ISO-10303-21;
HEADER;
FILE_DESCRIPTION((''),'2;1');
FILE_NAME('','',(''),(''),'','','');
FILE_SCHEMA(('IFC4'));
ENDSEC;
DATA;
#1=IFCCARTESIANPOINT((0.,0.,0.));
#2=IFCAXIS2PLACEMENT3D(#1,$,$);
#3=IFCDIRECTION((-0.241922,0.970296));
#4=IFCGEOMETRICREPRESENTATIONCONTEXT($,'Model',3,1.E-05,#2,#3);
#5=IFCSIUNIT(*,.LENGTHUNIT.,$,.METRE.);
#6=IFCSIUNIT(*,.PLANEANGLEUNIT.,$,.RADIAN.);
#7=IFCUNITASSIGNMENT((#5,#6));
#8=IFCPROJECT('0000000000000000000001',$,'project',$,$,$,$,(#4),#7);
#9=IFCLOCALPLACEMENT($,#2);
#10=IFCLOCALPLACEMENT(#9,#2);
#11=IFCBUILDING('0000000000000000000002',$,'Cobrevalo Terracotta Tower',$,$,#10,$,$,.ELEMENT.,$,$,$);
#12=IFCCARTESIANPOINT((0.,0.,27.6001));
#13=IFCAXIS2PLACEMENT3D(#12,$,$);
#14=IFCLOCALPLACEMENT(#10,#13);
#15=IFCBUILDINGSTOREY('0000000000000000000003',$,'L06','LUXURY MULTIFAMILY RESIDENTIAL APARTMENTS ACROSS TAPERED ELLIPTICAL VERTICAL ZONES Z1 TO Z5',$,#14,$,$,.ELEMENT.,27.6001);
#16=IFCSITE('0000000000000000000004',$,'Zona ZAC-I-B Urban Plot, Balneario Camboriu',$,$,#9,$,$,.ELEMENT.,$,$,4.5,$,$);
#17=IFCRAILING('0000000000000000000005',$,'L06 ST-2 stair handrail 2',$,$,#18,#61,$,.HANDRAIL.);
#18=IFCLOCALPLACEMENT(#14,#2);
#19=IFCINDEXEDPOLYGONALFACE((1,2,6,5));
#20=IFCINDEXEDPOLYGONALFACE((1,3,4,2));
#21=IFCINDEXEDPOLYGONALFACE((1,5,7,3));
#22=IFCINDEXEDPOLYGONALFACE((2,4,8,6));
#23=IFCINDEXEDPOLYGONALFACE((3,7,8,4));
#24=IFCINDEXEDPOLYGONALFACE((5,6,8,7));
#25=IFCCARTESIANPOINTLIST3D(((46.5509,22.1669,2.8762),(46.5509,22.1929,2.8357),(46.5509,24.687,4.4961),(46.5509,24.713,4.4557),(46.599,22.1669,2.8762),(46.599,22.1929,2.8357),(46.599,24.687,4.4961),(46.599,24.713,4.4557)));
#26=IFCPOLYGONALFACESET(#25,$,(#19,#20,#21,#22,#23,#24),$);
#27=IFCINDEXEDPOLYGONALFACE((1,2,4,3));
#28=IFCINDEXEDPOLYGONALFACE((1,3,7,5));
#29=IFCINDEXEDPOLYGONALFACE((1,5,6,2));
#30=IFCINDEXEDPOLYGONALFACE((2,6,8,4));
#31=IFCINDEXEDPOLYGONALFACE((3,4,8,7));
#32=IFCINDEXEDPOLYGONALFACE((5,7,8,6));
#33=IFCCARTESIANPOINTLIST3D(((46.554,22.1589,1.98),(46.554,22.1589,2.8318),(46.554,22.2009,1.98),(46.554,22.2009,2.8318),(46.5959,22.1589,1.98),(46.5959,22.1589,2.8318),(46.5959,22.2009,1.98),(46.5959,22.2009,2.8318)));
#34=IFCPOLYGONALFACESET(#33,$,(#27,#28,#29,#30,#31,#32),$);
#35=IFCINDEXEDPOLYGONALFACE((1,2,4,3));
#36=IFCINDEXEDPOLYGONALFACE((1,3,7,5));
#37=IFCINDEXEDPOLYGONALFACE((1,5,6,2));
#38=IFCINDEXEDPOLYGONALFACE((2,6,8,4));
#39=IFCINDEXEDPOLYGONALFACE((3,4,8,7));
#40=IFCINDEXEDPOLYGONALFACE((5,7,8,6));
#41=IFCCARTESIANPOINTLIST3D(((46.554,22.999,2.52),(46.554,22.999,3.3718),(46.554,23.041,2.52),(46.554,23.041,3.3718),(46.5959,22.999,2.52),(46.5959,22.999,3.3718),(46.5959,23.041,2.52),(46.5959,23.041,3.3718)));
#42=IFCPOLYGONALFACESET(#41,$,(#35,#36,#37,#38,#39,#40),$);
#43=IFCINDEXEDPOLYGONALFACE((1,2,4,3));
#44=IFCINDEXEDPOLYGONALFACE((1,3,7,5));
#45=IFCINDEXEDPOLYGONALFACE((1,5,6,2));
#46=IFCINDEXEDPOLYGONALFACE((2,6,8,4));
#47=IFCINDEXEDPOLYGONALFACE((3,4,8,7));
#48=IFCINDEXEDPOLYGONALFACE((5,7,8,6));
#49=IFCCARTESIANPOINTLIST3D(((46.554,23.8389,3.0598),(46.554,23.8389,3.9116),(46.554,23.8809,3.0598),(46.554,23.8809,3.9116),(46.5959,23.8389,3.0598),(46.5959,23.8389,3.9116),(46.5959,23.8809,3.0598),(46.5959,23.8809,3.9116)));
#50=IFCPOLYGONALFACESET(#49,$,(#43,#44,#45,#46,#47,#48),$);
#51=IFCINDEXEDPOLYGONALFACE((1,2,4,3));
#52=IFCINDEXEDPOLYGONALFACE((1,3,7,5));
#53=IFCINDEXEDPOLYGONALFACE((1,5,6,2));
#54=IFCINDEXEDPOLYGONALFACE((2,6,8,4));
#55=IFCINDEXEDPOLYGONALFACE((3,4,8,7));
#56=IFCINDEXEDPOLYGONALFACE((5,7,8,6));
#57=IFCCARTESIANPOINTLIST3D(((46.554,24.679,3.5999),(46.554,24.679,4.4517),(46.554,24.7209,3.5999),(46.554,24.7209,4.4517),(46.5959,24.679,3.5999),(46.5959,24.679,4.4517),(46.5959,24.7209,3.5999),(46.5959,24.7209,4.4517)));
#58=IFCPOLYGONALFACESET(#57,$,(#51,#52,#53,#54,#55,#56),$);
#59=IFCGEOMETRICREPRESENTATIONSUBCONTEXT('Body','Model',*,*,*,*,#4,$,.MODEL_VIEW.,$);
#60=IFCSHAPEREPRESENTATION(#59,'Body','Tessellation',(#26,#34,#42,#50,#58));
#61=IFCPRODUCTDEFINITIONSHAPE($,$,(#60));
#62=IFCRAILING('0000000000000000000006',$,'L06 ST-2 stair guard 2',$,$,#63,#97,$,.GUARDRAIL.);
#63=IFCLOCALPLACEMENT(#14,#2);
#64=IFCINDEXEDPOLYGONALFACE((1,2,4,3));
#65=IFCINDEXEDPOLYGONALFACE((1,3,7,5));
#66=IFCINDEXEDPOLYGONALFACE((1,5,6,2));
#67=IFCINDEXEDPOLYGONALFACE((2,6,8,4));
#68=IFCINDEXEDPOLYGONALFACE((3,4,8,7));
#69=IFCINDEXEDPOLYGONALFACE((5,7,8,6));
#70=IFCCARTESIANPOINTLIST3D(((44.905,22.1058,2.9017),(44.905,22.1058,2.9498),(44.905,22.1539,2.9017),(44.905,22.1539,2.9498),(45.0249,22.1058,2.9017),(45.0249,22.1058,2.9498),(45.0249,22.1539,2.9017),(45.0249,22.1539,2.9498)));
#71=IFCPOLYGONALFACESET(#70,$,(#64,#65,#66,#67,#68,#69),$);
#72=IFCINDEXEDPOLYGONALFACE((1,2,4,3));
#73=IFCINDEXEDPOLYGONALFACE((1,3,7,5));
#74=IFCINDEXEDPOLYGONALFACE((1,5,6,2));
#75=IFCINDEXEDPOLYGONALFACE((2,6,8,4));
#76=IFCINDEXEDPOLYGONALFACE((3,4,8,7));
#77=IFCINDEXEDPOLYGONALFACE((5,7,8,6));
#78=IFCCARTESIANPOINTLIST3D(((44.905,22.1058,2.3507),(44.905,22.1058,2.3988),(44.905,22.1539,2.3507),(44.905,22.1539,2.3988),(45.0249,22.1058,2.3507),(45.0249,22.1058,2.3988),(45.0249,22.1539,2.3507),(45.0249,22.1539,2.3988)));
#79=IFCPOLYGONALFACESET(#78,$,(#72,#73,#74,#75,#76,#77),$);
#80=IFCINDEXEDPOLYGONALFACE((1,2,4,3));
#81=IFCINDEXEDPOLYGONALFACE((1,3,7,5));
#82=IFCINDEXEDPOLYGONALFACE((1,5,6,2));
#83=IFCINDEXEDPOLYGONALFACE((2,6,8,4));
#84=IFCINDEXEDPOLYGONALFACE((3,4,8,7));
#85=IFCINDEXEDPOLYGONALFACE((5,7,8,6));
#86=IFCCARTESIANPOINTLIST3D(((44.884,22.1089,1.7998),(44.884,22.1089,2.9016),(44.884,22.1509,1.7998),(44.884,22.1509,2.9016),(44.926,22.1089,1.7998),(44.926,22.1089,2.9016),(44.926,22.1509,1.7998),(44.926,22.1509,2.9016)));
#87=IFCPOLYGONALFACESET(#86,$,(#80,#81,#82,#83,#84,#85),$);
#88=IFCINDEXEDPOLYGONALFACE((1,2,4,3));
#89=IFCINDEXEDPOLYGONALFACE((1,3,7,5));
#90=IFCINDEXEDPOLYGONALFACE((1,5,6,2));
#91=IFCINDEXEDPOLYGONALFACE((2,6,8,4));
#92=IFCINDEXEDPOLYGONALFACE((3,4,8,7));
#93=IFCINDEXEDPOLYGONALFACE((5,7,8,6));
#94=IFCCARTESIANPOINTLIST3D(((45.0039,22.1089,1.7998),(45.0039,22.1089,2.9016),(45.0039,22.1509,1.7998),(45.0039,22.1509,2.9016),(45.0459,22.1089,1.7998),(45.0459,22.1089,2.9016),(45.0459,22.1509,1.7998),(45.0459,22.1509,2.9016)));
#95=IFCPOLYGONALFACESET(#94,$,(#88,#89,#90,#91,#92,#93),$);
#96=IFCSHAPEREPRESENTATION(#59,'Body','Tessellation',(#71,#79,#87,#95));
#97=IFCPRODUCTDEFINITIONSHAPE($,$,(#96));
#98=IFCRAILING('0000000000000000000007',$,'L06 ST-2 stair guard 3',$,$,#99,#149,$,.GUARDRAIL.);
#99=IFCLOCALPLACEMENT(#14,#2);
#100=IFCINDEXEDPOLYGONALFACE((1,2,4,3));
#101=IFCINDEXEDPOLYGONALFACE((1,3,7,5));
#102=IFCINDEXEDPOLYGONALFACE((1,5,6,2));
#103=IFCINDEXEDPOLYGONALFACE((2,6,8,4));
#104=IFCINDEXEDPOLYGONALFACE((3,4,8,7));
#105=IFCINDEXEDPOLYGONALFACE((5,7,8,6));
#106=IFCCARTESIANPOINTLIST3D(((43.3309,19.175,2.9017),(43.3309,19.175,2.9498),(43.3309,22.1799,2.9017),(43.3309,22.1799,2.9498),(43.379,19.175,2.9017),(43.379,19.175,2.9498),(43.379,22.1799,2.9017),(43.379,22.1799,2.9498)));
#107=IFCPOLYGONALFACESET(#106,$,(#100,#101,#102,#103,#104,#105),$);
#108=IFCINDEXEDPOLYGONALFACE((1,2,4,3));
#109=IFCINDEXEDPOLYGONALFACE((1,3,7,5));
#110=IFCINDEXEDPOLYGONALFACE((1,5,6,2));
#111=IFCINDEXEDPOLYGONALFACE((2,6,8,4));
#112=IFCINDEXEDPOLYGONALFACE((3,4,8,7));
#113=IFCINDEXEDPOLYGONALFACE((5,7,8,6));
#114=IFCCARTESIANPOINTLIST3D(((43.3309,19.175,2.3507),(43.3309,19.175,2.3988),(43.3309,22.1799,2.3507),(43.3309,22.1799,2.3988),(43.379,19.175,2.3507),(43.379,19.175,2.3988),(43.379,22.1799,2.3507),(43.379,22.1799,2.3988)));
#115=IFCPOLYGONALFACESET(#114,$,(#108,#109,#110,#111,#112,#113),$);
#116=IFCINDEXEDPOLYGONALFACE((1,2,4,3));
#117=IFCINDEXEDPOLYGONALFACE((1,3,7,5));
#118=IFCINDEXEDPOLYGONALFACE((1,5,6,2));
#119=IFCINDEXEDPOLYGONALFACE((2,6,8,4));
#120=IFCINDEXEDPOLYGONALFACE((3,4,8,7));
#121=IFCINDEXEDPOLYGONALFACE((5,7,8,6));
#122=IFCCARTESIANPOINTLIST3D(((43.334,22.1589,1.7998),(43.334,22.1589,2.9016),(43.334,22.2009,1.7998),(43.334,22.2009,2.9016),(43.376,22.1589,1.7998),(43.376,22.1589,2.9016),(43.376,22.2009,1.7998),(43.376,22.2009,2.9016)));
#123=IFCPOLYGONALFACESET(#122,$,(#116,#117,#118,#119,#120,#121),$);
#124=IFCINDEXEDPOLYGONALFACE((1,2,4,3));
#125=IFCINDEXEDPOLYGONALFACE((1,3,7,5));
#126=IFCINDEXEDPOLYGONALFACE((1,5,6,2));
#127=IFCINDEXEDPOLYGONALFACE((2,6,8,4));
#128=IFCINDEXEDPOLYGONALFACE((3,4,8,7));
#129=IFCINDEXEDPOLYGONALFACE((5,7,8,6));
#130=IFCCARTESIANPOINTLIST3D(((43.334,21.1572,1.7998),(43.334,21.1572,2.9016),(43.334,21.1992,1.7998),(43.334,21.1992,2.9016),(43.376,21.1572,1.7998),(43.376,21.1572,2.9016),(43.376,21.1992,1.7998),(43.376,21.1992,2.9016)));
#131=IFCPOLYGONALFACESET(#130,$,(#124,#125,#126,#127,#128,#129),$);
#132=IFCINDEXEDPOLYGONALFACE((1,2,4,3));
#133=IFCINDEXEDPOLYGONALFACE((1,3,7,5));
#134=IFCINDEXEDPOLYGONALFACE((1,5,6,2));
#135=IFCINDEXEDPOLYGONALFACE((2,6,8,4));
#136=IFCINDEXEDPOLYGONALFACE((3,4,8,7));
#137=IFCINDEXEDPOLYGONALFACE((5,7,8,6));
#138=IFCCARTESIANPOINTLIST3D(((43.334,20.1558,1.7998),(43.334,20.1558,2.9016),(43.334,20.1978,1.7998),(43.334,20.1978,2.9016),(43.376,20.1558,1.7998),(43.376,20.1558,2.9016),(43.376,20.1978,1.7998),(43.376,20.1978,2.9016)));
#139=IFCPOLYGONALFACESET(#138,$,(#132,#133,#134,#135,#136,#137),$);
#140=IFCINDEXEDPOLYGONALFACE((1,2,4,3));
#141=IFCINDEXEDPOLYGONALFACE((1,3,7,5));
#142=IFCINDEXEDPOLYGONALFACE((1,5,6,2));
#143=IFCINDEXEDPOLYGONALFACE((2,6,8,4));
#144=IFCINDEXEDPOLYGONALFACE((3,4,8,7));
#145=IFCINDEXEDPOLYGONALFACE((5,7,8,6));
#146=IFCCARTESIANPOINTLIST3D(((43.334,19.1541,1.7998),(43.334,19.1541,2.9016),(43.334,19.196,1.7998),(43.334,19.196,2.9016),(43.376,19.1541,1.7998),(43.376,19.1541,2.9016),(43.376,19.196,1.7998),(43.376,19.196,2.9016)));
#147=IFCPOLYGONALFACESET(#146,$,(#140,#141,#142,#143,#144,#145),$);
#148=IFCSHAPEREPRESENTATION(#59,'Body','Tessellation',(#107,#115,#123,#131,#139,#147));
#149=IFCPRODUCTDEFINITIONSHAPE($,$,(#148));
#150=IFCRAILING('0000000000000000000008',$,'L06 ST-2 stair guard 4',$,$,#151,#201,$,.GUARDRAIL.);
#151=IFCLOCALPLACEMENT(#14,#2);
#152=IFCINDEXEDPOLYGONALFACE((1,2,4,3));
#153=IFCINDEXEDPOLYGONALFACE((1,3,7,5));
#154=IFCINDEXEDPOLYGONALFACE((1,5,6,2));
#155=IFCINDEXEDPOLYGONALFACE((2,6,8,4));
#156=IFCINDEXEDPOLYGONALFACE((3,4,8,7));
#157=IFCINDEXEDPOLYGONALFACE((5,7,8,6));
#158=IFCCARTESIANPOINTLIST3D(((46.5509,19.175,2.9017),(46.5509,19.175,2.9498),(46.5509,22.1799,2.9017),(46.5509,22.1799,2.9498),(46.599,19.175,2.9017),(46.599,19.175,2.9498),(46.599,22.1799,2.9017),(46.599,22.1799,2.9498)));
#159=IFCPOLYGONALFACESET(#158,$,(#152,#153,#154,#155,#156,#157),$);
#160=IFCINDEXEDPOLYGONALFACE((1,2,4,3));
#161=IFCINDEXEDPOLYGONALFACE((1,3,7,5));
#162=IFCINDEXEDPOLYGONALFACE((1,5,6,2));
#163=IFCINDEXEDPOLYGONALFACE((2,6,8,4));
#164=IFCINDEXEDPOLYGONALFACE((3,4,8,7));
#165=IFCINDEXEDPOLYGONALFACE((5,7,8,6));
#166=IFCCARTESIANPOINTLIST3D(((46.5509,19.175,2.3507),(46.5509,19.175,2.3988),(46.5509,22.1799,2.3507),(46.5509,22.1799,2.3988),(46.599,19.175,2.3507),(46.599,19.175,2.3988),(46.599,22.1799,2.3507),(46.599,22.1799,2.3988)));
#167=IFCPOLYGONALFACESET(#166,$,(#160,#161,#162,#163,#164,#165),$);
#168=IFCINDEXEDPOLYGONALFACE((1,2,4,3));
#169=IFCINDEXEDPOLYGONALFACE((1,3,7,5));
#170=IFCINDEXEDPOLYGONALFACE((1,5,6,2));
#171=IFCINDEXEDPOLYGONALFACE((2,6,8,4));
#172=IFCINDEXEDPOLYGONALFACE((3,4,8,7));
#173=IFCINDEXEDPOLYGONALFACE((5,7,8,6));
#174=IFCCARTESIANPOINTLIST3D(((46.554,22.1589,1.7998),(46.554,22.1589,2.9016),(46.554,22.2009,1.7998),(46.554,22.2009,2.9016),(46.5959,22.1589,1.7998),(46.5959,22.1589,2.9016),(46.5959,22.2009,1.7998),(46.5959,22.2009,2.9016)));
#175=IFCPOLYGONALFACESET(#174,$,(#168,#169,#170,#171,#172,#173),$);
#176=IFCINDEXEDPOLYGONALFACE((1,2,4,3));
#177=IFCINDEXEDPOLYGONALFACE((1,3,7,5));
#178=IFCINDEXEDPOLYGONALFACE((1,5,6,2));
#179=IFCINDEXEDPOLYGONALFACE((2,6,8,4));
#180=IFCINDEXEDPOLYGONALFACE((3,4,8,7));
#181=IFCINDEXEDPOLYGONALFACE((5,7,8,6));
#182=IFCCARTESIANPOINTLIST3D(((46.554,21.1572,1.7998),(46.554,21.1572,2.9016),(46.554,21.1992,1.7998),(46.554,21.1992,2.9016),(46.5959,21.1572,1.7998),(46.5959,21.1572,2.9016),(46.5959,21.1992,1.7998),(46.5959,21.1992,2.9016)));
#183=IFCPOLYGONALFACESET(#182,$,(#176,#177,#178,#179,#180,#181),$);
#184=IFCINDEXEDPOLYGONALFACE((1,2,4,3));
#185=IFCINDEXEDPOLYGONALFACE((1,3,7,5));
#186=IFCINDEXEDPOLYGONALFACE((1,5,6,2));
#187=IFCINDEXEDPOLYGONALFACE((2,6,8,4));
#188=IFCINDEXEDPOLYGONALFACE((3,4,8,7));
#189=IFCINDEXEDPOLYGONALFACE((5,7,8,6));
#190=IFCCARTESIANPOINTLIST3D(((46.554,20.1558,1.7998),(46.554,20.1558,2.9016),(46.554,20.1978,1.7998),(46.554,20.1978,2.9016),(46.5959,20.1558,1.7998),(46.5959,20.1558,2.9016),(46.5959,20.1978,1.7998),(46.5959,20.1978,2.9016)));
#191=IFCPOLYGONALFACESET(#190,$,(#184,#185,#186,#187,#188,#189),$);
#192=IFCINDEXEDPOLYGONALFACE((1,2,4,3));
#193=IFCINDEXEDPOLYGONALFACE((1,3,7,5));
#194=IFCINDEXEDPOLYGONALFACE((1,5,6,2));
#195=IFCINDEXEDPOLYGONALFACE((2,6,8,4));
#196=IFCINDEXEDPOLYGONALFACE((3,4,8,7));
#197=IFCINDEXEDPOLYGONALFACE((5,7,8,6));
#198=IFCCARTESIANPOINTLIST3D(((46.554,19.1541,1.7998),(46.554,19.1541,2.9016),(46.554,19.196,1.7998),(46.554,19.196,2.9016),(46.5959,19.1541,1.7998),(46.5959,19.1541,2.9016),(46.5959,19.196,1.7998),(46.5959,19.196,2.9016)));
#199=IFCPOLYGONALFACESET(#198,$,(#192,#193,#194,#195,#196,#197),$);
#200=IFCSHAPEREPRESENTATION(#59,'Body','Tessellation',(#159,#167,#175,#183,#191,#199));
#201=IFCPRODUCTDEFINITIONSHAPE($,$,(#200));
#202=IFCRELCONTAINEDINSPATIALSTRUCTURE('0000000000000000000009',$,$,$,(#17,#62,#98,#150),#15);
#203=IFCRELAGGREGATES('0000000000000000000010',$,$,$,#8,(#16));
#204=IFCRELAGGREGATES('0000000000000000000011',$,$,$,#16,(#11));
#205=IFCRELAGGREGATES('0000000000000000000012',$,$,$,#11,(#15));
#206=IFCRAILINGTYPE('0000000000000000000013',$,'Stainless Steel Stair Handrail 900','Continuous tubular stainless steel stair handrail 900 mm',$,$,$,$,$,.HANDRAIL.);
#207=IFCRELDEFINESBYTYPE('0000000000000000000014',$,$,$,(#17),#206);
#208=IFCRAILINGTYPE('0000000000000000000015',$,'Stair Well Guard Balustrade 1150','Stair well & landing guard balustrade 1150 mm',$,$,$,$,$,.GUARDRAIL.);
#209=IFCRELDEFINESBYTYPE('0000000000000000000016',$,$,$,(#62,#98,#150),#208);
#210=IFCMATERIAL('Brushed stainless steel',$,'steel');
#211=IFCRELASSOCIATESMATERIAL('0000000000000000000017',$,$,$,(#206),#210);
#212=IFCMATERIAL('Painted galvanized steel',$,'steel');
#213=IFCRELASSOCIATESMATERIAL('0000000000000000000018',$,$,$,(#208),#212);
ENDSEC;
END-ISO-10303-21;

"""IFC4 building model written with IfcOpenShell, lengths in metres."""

from ifc_helpers import new_model, si_unit, direction, frame, origin, origin_2d, place, context, subcontext, project, spatial, rectangle, extrude, material, type_object, element, save


model = new_model("IFC4")

# Units and contexts
model_context = context("Model", 3, precision=1e-05, world=origin(), true_north=direction((-0.241922, 0.970296)))
body_context = subcontext(model_context, "Body", "Model", "MODEL_VIEW")
ifc_project = project(units=[si_unit("LENGTHUNIT", "METRE"), si_unit("PLANEANGLEUNIT", "RADIAN")], contexts=[model_context])

# Site, building, storey
site_placement = place(None, origin())
site = spatial("IfcSite", under=ifc_project, at=site_placement, Name="Zona ZAC-I-B Urban Plot, Balneario Camboriu", CompositionType="ELEMENT", RefElevation=4.5)
building_placement = place(site_placement, origin())
building = spatial("IfcBuilding", under=site, at=building_placement, Name="Cobrevalo Terracotta Tower", CompositionType="ELEMENT")
storey_placement = place(building_placement, frame((0.0, 0.0, 27.6001)))
storey = spatial("IfcBuildingStorey", under=building, at=storey_placement, Name="L06", Description="LUXURY MULTIFAMILY RESIDENTIAL APARTMENTS ACROSS TAPERED ELLIPTICAL VERTICAL ZONES Z1 TO Z5", CompositionType="ELEMENT", Elevation=27.6001)

# Railings
ifc_material_1 = material(Name="Brushed stainless steel", Category="steel")
railing_type_1 = type_object("IfcRailingType", Name="Stainless Steel Stair Handrail 900", Description="Continuous tubular stainless steel stair handrail 900 mm", PredefinedType="HANDRAIL", material=ifc_material_1)
railing_1_placement = place(storey_placement, frame((46.575, 22.1799, 1.98)))
element("IfcRailing", 1, at=railing_1_placement, inside=storey, type_object=railing_type_1, Name="L06 ST-2 stair handrail 2", PredefinedType="HANDRAIL", context=body_context, shape_type="SweptSolid", body=[
    extrude(rectangle(XDim=0.0481, YDim=0.0481, at=origin_2d()), frame((0.0, 0.0, 0.876), z_axis=(0.0, 0.8412, 0.540725), x_axis=(-1.0, 0.0, 0.0)), (0.0, 0.0, 1.0), 2.9958),
    extrude(rectangle(XDim=0.042, YDim=0.042, at=origin_2d()), origin(), (0.0, 0.0, 1.0), 0.8518),
    extrude(rectangle(XDim=0.042, YDim=0.042, at=origin_2d()), frame((0.0, 0.8401, 0.54)), (0.0, 0.0, 1.0), 0.8518),
    extrude(rectangle(XDim=0.042, YDim=0.042, at=origin_2d()), frame((0.0, 1.6799, 1.0798)), (0.0, 0.0, 1.0), 0.8518),
    extrude(rectangle(XDim=0.042, YDim=0.042, at=origin_2d()), frame((0.0, 2.52, 1.6199)), (0.0, 0.0, 1.0), 0.8518),
])
ifc_material_2 = material(Name="Painted galvanized steel", Category="steel")
railing_type_2 = type_object("IfcRailingType", Name="Stair Well Guard Balustrade 1150", Description="Stair well & landing guard balustrade 1150 mm", PredefinedType="GUARDRAIL", material=ifc_material_2)
railing_2_placement = place(storey_placement, frame((44.905, 22.1299, 1.7998)))
element("IfcRailing", 2, at=railing_2_placement, inside=storey, type_object=railing_type_2, Name="L06 ST-2 stair guard 2", PredefinedType="GUARDRAIL", context=body_context, shape_type="SweptSolid", body=[
    extrude(rectangle(XDim=0.0481, YDim=0.0481, at=origin_2d()), frame((0.0, 0.0, 1.126), z_axis=(1.0, 0.0, 0.0), x_axis=(0.0, 1.0, 0.0)), (0.0, 0.0, 1.0), 0.1199),
    extrude(rectangle(XDim=0.0481, YDim=0.0481, at=origin_2d()), frame((0.0, 0.0, 0.575), z_axis=(1.0, 0.0, 0.0), x_axis=(0.0, 1.0, 0.0)), (0.0, 0.0, 1.0), 0.1199),
    extrude(rectangle(XDim=0.042, YDim=0.042, at=origin_2d()), origin(), (0.0, 0.0, 1.0), 1.1018),
    extrude(rectangle(XDim=0.042, YDim=0.042, at=origin_2d()), frame((0.1199, 0.0, 0.0)), (0.0, 0.0, 1.0), 1.1018),
])
for number, where, name in (
    (3, (43.355, 22.1799, 1.7998), "L06 ST-2 stair guard 3"),
    (4, (46.575, 22.1799, 1.7998), "L06 ST-2 stair guard 4"),
):
    element("IfcRailing", number, at=place(storey_placement, frame(where)), inside=storey, type_object=railing_type_2, Name=name, PredefinedType="GUARDRAIL", context=body_context, shape_type="SweptSolid", body=[
        extrude(rectangle(XDim=0.0481, YDim=0.0481, at=origin_2d()), frame((0.0, 0.0, 1.126), z_axis=(0.0, -1.0, 0.0), x_axis=(1.0, 0.0, 0.0)), (0.0, 0.0, 1.0), 3.0049),
        extrude(rectangle(XDim=0.0481, YDim=0.0481, at=origin_2d()), frame((0.0, 0.0, 0.575), z_axis=(0.0, -1.0, 0.0), x_axis=(1.0, 0.0, 0.0)), (0.0, 0.0, 1.0), 3.0049),
        extrude(rectangle(XDim=0.042, YDim=0.042, at=origin_2d()), origin(), (0.0, 0.0, 1.0), 1.1018),
        extrude(rectangle(XDim=0.042, YDim=0.042, at=origin_2d()), frame((0.0, -1.0017, 0.0)), (0.0, 0.0, 1.0), 1.1018),
        extrude(rectangle(XDim=0.042, YDim=0.042, at=origin_2d()), frame((0.0, -2.0032, 0.0)), (0.0, 0.0, 1.0), 1.1018),
        extrude(rectangle(XDim=0.042, YDim=0.042, at=origin_2d()), frame((0.0, -3.0049, 0.0)), (0.0, 0.0, 1.0), 1.1018),
    ])

save(model, "model.ifc")
